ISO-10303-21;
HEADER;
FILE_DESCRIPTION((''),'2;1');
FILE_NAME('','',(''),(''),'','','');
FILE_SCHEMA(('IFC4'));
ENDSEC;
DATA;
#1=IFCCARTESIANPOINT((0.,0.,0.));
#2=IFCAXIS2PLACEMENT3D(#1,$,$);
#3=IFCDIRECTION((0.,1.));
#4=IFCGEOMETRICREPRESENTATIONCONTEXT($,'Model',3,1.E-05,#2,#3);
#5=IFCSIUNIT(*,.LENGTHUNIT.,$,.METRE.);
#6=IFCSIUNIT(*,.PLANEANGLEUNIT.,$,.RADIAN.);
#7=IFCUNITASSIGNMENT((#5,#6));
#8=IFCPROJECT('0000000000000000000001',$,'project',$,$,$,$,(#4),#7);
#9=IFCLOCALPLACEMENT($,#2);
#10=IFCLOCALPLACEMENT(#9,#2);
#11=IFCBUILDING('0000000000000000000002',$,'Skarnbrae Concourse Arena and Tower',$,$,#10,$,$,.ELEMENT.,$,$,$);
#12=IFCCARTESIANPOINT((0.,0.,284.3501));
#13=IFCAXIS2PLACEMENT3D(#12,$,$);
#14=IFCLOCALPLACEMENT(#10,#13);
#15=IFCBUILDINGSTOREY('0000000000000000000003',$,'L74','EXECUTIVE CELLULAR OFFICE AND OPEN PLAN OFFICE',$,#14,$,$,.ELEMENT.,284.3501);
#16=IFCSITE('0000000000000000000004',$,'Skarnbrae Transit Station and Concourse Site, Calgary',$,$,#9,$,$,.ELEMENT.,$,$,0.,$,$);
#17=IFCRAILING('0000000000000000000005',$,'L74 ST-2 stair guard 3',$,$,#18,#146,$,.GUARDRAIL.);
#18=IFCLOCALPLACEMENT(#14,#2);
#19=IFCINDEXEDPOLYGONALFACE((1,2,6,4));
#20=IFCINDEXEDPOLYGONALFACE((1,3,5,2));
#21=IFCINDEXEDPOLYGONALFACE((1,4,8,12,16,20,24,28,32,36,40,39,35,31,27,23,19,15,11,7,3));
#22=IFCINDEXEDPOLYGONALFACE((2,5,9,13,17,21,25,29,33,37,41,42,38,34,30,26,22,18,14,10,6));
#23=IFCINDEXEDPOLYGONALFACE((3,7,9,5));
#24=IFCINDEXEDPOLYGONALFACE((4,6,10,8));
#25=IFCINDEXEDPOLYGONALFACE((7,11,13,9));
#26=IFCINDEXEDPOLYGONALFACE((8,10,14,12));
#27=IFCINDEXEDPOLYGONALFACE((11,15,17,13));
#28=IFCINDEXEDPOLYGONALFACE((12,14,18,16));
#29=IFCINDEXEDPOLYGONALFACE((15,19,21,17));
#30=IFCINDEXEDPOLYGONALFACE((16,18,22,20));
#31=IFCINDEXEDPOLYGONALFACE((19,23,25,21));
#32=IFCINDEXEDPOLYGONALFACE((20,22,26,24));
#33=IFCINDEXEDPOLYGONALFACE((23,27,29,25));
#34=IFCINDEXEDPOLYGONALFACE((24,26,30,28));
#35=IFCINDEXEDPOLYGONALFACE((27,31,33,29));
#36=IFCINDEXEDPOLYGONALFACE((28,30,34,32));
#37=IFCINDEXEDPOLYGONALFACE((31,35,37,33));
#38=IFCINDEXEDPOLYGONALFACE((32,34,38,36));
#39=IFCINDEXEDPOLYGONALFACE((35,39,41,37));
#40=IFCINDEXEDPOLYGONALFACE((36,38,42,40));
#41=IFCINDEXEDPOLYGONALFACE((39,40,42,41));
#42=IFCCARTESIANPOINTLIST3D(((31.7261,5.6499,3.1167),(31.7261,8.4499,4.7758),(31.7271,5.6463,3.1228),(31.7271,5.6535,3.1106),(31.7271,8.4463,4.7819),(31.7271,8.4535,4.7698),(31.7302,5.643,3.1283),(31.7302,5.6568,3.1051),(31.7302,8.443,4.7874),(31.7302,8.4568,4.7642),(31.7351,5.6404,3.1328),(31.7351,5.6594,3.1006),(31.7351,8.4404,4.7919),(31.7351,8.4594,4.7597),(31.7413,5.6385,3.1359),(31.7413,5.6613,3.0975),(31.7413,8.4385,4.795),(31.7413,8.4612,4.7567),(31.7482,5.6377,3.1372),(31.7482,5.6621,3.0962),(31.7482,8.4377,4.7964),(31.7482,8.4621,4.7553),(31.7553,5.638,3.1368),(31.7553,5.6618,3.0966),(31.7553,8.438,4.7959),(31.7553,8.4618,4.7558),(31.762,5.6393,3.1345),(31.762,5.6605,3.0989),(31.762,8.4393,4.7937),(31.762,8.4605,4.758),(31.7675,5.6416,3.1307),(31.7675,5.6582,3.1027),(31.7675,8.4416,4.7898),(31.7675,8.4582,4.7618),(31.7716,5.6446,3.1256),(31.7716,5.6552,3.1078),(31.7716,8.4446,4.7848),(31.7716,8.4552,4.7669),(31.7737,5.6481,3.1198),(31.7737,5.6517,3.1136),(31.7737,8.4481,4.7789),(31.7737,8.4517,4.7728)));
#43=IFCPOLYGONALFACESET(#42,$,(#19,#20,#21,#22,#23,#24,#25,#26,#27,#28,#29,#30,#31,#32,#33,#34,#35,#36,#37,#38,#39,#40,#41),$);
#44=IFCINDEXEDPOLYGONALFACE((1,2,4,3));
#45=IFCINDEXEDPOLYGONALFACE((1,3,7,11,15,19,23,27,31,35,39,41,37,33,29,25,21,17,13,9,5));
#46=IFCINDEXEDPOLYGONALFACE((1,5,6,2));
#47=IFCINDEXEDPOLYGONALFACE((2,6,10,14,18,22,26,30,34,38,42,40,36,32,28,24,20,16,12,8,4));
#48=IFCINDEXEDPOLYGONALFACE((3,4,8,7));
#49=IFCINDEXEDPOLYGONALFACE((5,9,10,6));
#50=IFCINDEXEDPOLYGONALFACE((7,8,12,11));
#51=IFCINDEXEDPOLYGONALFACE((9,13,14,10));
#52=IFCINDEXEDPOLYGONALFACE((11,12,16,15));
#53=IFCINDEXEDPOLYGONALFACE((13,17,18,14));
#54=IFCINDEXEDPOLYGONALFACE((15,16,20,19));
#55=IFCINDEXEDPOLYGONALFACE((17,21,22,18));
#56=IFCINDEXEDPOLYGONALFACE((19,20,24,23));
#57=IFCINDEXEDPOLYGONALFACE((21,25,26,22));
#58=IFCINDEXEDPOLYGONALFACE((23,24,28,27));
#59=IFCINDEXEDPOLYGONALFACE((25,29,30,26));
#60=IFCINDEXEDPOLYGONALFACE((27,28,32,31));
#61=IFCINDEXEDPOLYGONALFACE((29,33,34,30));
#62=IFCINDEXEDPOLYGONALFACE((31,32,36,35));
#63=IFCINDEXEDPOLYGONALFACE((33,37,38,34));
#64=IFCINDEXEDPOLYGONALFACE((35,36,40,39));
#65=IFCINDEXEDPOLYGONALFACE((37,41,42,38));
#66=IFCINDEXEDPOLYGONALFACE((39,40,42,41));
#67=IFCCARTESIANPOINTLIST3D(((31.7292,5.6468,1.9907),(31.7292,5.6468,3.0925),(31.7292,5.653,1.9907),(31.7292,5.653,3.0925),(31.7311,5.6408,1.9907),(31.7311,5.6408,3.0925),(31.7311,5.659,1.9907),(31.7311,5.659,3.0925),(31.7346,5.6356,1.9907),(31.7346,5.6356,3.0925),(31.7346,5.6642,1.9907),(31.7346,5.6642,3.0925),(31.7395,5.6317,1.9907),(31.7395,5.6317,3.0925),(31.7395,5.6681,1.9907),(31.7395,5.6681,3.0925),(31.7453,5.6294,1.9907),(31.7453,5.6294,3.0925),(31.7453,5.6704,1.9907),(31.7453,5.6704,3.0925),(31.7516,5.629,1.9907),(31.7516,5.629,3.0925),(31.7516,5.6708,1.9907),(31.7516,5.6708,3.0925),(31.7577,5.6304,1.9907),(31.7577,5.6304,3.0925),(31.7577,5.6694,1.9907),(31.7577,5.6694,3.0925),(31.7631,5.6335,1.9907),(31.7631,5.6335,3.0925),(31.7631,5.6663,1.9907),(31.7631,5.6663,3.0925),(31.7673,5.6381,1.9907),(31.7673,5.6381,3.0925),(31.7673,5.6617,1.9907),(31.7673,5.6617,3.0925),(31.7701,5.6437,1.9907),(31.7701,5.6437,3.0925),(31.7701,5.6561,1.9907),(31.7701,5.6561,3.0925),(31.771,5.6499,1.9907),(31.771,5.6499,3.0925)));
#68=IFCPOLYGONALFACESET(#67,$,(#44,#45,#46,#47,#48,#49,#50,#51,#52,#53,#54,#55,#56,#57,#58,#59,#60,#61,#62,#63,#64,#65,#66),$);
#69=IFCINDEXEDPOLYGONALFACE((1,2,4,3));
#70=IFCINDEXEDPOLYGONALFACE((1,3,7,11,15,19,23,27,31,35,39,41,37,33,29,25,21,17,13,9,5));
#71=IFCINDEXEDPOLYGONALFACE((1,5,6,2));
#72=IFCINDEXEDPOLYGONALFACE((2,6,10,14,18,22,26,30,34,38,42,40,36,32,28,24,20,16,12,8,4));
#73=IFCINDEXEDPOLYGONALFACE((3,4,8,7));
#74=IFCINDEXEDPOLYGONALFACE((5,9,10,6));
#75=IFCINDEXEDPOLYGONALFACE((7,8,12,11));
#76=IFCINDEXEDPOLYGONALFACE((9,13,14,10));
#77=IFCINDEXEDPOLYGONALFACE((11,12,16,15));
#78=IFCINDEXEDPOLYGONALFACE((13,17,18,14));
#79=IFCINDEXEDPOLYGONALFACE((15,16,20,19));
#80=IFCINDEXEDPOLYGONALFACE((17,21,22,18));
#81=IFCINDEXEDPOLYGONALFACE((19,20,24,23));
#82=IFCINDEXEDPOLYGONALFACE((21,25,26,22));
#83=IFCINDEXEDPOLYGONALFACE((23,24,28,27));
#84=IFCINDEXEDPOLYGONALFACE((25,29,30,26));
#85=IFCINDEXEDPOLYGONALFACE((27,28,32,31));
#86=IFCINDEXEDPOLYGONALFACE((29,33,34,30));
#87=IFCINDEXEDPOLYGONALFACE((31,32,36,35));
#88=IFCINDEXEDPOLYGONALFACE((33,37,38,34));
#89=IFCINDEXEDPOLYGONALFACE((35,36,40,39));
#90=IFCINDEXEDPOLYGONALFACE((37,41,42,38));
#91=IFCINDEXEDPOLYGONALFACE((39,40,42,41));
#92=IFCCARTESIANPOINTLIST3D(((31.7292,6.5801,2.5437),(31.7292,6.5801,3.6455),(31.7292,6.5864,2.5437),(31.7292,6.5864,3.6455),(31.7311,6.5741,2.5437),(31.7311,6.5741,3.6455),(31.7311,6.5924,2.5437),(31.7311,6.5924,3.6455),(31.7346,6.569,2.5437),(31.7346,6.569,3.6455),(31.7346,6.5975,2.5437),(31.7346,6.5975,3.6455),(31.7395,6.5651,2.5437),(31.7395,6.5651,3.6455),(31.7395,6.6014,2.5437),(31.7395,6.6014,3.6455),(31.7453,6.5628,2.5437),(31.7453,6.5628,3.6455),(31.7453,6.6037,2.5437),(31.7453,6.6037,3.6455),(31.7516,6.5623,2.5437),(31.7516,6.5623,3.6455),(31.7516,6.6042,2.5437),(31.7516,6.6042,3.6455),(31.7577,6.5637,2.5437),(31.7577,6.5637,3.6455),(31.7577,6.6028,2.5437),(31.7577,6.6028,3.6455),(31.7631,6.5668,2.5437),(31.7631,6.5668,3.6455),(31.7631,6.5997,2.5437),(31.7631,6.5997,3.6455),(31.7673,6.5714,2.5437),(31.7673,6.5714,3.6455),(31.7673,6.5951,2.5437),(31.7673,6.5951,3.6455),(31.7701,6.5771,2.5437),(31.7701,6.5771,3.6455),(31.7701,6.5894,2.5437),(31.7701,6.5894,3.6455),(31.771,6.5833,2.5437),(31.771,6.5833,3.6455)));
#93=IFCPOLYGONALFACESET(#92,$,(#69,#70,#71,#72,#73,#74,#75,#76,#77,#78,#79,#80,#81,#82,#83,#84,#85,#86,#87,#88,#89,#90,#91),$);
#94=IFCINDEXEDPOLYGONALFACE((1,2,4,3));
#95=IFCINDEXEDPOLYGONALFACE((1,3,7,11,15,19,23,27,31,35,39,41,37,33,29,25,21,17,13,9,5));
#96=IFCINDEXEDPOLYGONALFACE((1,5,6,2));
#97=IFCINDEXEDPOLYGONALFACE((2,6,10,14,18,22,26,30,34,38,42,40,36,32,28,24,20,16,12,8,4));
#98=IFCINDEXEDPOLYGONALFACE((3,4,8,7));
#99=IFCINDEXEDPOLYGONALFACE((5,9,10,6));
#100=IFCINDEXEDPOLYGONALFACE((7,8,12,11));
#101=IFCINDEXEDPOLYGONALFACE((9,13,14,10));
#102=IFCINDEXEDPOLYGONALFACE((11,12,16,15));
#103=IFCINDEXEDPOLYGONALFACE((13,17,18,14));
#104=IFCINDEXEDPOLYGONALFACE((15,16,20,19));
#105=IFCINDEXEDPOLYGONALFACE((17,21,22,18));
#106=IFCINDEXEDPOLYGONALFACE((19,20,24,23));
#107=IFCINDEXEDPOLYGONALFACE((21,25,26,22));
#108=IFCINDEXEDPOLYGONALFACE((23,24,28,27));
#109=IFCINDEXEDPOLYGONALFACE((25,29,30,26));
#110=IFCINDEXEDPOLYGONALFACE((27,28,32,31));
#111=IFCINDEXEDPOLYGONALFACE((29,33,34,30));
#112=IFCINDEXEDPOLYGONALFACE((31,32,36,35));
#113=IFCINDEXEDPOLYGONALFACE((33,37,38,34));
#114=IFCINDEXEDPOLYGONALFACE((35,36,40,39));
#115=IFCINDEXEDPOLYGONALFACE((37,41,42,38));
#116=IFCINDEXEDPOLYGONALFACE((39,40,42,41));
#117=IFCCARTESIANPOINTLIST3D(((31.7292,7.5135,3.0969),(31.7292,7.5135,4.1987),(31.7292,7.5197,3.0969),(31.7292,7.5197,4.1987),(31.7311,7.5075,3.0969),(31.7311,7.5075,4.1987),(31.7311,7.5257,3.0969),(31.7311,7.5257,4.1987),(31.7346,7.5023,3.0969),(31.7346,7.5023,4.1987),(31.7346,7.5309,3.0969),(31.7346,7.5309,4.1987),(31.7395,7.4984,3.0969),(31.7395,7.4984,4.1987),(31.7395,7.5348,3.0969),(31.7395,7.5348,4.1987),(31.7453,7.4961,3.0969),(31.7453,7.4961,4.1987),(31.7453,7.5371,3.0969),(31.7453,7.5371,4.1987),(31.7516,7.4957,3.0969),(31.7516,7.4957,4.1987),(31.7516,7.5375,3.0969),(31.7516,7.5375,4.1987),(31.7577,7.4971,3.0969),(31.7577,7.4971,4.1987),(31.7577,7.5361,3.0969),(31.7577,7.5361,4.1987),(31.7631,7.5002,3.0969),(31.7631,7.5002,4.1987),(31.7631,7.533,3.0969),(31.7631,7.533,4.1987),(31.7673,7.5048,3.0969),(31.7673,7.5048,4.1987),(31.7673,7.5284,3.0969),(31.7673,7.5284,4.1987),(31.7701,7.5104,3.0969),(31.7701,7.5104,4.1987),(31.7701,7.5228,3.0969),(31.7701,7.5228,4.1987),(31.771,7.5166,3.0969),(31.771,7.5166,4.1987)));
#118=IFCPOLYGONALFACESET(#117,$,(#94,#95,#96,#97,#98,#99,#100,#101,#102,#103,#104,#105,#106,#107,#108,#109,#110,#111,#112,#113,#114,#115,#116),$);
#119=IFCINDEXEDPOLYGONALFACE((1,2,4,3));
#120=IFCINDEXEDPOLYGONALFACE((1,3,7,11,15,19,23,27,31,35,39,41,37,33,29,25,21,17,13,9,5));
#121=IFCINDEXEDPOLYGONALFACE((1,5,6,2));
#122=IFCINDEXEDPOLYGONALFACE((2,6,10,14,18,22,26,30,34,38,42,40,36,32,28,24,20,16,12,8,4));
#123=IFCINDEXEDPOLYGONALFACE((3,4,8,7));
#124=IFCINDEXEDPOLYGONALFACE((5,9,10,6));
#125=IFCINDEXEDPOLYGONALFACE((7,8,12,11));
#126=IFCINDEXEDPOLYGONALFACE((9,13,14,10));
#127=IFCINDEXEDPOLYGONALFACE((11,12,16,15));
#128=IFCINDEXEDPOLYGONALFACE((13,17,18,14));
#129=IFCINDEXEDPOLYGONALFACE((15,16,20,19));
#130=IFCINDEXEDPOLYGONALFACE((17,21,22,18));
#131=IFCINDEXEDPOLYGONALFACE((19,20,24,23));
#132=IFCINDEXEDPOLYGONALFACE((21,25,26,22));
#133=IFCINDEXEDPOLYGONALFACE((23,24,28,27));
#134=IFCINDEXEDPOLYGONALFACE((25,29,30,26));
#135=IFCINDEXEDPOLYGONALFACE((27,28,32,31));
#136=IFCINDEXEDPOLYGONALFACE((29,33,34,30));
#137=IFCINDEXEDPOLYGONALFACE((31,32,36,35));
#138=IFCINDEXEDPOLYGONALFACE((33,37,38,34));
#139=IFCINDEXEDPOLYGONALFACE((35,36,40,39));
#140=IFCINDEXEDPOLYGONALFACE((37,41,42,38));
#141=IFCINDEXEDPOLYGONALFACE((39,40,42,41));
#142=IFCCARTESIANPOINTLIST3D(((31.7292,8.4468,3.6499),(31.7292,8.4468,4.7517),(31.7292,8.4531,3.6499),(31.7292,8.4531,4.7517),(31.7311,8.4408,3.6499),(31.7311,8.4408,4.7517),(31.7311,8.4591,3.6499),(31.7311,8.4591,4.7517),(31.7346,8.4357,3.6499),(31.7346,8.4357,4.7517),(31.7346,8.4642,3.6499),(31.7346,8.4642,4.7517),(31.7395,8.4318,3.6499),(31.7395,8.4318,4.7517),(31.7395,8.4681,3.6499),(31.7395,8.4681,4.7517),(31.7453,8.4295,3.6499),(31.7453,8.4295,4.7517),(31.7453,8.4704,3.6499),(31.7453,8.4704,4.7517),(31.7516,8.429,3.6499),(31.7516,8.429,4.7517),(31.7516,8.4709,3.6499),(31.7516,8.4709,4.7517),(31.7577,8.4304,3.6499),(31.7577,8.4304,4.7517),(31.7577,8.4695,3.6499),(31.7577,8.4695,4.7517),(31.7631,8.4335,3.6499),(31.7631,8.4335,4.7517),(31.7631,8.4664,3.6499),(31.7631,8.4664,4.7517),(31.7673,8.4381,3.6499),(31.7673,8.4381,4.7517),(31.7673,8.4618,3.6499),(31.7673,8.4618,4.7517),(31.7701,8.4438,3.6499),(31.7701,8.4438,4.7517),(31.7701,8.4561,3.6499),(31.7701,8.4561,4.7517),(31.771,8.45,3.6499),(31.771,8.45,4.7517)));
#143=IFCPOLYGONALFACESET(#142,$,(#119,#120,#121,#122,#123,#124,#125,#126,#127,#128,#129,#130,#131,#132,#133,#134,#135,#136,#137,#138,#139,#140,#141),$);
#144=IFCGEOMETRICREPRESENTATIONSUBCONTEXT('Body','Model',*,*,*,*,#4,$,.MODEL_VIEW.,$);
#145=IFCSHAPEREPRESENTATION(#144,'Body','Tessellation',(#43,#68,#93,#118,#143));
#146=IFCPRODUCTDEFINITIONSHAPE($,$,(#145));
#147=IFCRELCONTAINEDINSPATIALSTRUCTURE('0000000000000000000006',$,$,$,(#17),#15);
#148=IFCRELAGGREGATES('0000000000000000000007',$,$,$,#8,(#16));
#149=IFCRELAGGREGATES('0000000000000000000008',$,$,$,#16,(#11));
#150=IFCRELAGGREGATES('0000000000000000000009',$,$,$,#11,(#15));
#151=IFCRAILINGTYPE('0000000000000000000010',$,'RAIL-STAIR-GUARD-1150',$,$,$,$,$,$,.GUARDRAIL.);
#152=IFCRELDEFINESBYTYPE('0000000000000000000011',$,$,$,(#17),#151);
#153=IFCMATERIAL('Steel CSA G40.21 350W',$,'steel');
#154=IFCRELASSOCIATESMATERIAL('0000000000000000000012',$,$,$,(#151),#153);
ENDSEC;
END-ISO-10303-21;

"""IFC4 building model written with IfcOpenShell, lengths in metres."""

from ifc_helpers import new_model, si_unit, direction, frame, origin, origin_2d, place, context, subcontext, project, spatial, circle, extrude, material, type_object, element, save


model = new_model("IFC4")

# Units and contexts
model_context = context("Model", 3, precision=1e-05, world=origin(), true_north=direction((0.0, 1.0)))
body_context = subcontext(model_context, "Body", "Model", "MODEL_VIEW")
ifc_project = project(units=[si_unit("LENGTHUNIT", "METRE"), si_unit("PLANEANGLEUNIT", "RADIAN")], contexts=[model_context])

# Site, building, storey
site_placement = place(None, origin())
site = spatial("IfcSite", under=ifc_project, at=site_placement, Name="Skarnbrae Transit Station and Concourse Site, Calgary", CompositionType="ELEMENT", RefElevation=0.0)
building_placement = place(site_placement, origin())
building = spatial("IfcBuilding", under=site, at=building_placement, Name="Skarnbrae Concourse Arena and Tower", CompositionType="ELEMENT")
storey_placement = place(building_placement, frame((0.0, 0.0, 284.3501)))
storey = spatial("IfcBuildingStorey", under=building, at=storey_placement, Name="L74", Description="EXECUTIVE CELLULAR OFFICE AND OPEN PLAN OFFICE", CompositionType="ELEMENT", Elevation=284.3501)

# Shared definitions
ifc_material_1 = material(Name="Steel CSA G40.21 350W", Category="steel")

# Railing
railing_type_1 = type_object("IfcRailingType", Name="RAIL-STAIR-GUARD-1150", PredefinedType="GUARDRAIL", material=ifc_material_1)
railing_1_placement = place(storey_placement, frame((31.75, 5.6499, 1.9907)))
element("IfcRailing", 1, at=railing_1_placement, inside=storey, type_object=railing_type_1, Name="L74 ST-2 stair guard 3", PredefinedType="GUARDRAIL", context=body_context, shape_type="SweptSolid", body=[
    extrude(circle(Radius=0.0239, at=origin_2d()), frame((0.0, 0.0, 1.126), z_axis=(0.0, 0.860306, 0.509778), x_axis=(-1.0, 0.0, 0.0)), (0.0, 0.0, 1.0), 3.2546),
    extrude(circle(Radius=0.021, at=origin_2d()), origin(), (0.0, 0.0, 1.0), 1.1018),
    extrude(circle(Radius=0.021, at=origin_2d()), frame((0.0, 0.9333, 0.553)), (0.0, 0.0, 1.0), 1.1018),
    extrude(circle(Radius=0.021, at=origin_2d()), frame((0.0, 1.8667, 1.1062)), (0.0, 0.0, 1.0), 1.1018),
    extrude(circle(Radius=0.021, at=origin_2d()), frame((0.0, 2.8, 1.6592)), (0.0, 0.0, 1.0), 1.1018),
])

save(model, "model.ifc")
